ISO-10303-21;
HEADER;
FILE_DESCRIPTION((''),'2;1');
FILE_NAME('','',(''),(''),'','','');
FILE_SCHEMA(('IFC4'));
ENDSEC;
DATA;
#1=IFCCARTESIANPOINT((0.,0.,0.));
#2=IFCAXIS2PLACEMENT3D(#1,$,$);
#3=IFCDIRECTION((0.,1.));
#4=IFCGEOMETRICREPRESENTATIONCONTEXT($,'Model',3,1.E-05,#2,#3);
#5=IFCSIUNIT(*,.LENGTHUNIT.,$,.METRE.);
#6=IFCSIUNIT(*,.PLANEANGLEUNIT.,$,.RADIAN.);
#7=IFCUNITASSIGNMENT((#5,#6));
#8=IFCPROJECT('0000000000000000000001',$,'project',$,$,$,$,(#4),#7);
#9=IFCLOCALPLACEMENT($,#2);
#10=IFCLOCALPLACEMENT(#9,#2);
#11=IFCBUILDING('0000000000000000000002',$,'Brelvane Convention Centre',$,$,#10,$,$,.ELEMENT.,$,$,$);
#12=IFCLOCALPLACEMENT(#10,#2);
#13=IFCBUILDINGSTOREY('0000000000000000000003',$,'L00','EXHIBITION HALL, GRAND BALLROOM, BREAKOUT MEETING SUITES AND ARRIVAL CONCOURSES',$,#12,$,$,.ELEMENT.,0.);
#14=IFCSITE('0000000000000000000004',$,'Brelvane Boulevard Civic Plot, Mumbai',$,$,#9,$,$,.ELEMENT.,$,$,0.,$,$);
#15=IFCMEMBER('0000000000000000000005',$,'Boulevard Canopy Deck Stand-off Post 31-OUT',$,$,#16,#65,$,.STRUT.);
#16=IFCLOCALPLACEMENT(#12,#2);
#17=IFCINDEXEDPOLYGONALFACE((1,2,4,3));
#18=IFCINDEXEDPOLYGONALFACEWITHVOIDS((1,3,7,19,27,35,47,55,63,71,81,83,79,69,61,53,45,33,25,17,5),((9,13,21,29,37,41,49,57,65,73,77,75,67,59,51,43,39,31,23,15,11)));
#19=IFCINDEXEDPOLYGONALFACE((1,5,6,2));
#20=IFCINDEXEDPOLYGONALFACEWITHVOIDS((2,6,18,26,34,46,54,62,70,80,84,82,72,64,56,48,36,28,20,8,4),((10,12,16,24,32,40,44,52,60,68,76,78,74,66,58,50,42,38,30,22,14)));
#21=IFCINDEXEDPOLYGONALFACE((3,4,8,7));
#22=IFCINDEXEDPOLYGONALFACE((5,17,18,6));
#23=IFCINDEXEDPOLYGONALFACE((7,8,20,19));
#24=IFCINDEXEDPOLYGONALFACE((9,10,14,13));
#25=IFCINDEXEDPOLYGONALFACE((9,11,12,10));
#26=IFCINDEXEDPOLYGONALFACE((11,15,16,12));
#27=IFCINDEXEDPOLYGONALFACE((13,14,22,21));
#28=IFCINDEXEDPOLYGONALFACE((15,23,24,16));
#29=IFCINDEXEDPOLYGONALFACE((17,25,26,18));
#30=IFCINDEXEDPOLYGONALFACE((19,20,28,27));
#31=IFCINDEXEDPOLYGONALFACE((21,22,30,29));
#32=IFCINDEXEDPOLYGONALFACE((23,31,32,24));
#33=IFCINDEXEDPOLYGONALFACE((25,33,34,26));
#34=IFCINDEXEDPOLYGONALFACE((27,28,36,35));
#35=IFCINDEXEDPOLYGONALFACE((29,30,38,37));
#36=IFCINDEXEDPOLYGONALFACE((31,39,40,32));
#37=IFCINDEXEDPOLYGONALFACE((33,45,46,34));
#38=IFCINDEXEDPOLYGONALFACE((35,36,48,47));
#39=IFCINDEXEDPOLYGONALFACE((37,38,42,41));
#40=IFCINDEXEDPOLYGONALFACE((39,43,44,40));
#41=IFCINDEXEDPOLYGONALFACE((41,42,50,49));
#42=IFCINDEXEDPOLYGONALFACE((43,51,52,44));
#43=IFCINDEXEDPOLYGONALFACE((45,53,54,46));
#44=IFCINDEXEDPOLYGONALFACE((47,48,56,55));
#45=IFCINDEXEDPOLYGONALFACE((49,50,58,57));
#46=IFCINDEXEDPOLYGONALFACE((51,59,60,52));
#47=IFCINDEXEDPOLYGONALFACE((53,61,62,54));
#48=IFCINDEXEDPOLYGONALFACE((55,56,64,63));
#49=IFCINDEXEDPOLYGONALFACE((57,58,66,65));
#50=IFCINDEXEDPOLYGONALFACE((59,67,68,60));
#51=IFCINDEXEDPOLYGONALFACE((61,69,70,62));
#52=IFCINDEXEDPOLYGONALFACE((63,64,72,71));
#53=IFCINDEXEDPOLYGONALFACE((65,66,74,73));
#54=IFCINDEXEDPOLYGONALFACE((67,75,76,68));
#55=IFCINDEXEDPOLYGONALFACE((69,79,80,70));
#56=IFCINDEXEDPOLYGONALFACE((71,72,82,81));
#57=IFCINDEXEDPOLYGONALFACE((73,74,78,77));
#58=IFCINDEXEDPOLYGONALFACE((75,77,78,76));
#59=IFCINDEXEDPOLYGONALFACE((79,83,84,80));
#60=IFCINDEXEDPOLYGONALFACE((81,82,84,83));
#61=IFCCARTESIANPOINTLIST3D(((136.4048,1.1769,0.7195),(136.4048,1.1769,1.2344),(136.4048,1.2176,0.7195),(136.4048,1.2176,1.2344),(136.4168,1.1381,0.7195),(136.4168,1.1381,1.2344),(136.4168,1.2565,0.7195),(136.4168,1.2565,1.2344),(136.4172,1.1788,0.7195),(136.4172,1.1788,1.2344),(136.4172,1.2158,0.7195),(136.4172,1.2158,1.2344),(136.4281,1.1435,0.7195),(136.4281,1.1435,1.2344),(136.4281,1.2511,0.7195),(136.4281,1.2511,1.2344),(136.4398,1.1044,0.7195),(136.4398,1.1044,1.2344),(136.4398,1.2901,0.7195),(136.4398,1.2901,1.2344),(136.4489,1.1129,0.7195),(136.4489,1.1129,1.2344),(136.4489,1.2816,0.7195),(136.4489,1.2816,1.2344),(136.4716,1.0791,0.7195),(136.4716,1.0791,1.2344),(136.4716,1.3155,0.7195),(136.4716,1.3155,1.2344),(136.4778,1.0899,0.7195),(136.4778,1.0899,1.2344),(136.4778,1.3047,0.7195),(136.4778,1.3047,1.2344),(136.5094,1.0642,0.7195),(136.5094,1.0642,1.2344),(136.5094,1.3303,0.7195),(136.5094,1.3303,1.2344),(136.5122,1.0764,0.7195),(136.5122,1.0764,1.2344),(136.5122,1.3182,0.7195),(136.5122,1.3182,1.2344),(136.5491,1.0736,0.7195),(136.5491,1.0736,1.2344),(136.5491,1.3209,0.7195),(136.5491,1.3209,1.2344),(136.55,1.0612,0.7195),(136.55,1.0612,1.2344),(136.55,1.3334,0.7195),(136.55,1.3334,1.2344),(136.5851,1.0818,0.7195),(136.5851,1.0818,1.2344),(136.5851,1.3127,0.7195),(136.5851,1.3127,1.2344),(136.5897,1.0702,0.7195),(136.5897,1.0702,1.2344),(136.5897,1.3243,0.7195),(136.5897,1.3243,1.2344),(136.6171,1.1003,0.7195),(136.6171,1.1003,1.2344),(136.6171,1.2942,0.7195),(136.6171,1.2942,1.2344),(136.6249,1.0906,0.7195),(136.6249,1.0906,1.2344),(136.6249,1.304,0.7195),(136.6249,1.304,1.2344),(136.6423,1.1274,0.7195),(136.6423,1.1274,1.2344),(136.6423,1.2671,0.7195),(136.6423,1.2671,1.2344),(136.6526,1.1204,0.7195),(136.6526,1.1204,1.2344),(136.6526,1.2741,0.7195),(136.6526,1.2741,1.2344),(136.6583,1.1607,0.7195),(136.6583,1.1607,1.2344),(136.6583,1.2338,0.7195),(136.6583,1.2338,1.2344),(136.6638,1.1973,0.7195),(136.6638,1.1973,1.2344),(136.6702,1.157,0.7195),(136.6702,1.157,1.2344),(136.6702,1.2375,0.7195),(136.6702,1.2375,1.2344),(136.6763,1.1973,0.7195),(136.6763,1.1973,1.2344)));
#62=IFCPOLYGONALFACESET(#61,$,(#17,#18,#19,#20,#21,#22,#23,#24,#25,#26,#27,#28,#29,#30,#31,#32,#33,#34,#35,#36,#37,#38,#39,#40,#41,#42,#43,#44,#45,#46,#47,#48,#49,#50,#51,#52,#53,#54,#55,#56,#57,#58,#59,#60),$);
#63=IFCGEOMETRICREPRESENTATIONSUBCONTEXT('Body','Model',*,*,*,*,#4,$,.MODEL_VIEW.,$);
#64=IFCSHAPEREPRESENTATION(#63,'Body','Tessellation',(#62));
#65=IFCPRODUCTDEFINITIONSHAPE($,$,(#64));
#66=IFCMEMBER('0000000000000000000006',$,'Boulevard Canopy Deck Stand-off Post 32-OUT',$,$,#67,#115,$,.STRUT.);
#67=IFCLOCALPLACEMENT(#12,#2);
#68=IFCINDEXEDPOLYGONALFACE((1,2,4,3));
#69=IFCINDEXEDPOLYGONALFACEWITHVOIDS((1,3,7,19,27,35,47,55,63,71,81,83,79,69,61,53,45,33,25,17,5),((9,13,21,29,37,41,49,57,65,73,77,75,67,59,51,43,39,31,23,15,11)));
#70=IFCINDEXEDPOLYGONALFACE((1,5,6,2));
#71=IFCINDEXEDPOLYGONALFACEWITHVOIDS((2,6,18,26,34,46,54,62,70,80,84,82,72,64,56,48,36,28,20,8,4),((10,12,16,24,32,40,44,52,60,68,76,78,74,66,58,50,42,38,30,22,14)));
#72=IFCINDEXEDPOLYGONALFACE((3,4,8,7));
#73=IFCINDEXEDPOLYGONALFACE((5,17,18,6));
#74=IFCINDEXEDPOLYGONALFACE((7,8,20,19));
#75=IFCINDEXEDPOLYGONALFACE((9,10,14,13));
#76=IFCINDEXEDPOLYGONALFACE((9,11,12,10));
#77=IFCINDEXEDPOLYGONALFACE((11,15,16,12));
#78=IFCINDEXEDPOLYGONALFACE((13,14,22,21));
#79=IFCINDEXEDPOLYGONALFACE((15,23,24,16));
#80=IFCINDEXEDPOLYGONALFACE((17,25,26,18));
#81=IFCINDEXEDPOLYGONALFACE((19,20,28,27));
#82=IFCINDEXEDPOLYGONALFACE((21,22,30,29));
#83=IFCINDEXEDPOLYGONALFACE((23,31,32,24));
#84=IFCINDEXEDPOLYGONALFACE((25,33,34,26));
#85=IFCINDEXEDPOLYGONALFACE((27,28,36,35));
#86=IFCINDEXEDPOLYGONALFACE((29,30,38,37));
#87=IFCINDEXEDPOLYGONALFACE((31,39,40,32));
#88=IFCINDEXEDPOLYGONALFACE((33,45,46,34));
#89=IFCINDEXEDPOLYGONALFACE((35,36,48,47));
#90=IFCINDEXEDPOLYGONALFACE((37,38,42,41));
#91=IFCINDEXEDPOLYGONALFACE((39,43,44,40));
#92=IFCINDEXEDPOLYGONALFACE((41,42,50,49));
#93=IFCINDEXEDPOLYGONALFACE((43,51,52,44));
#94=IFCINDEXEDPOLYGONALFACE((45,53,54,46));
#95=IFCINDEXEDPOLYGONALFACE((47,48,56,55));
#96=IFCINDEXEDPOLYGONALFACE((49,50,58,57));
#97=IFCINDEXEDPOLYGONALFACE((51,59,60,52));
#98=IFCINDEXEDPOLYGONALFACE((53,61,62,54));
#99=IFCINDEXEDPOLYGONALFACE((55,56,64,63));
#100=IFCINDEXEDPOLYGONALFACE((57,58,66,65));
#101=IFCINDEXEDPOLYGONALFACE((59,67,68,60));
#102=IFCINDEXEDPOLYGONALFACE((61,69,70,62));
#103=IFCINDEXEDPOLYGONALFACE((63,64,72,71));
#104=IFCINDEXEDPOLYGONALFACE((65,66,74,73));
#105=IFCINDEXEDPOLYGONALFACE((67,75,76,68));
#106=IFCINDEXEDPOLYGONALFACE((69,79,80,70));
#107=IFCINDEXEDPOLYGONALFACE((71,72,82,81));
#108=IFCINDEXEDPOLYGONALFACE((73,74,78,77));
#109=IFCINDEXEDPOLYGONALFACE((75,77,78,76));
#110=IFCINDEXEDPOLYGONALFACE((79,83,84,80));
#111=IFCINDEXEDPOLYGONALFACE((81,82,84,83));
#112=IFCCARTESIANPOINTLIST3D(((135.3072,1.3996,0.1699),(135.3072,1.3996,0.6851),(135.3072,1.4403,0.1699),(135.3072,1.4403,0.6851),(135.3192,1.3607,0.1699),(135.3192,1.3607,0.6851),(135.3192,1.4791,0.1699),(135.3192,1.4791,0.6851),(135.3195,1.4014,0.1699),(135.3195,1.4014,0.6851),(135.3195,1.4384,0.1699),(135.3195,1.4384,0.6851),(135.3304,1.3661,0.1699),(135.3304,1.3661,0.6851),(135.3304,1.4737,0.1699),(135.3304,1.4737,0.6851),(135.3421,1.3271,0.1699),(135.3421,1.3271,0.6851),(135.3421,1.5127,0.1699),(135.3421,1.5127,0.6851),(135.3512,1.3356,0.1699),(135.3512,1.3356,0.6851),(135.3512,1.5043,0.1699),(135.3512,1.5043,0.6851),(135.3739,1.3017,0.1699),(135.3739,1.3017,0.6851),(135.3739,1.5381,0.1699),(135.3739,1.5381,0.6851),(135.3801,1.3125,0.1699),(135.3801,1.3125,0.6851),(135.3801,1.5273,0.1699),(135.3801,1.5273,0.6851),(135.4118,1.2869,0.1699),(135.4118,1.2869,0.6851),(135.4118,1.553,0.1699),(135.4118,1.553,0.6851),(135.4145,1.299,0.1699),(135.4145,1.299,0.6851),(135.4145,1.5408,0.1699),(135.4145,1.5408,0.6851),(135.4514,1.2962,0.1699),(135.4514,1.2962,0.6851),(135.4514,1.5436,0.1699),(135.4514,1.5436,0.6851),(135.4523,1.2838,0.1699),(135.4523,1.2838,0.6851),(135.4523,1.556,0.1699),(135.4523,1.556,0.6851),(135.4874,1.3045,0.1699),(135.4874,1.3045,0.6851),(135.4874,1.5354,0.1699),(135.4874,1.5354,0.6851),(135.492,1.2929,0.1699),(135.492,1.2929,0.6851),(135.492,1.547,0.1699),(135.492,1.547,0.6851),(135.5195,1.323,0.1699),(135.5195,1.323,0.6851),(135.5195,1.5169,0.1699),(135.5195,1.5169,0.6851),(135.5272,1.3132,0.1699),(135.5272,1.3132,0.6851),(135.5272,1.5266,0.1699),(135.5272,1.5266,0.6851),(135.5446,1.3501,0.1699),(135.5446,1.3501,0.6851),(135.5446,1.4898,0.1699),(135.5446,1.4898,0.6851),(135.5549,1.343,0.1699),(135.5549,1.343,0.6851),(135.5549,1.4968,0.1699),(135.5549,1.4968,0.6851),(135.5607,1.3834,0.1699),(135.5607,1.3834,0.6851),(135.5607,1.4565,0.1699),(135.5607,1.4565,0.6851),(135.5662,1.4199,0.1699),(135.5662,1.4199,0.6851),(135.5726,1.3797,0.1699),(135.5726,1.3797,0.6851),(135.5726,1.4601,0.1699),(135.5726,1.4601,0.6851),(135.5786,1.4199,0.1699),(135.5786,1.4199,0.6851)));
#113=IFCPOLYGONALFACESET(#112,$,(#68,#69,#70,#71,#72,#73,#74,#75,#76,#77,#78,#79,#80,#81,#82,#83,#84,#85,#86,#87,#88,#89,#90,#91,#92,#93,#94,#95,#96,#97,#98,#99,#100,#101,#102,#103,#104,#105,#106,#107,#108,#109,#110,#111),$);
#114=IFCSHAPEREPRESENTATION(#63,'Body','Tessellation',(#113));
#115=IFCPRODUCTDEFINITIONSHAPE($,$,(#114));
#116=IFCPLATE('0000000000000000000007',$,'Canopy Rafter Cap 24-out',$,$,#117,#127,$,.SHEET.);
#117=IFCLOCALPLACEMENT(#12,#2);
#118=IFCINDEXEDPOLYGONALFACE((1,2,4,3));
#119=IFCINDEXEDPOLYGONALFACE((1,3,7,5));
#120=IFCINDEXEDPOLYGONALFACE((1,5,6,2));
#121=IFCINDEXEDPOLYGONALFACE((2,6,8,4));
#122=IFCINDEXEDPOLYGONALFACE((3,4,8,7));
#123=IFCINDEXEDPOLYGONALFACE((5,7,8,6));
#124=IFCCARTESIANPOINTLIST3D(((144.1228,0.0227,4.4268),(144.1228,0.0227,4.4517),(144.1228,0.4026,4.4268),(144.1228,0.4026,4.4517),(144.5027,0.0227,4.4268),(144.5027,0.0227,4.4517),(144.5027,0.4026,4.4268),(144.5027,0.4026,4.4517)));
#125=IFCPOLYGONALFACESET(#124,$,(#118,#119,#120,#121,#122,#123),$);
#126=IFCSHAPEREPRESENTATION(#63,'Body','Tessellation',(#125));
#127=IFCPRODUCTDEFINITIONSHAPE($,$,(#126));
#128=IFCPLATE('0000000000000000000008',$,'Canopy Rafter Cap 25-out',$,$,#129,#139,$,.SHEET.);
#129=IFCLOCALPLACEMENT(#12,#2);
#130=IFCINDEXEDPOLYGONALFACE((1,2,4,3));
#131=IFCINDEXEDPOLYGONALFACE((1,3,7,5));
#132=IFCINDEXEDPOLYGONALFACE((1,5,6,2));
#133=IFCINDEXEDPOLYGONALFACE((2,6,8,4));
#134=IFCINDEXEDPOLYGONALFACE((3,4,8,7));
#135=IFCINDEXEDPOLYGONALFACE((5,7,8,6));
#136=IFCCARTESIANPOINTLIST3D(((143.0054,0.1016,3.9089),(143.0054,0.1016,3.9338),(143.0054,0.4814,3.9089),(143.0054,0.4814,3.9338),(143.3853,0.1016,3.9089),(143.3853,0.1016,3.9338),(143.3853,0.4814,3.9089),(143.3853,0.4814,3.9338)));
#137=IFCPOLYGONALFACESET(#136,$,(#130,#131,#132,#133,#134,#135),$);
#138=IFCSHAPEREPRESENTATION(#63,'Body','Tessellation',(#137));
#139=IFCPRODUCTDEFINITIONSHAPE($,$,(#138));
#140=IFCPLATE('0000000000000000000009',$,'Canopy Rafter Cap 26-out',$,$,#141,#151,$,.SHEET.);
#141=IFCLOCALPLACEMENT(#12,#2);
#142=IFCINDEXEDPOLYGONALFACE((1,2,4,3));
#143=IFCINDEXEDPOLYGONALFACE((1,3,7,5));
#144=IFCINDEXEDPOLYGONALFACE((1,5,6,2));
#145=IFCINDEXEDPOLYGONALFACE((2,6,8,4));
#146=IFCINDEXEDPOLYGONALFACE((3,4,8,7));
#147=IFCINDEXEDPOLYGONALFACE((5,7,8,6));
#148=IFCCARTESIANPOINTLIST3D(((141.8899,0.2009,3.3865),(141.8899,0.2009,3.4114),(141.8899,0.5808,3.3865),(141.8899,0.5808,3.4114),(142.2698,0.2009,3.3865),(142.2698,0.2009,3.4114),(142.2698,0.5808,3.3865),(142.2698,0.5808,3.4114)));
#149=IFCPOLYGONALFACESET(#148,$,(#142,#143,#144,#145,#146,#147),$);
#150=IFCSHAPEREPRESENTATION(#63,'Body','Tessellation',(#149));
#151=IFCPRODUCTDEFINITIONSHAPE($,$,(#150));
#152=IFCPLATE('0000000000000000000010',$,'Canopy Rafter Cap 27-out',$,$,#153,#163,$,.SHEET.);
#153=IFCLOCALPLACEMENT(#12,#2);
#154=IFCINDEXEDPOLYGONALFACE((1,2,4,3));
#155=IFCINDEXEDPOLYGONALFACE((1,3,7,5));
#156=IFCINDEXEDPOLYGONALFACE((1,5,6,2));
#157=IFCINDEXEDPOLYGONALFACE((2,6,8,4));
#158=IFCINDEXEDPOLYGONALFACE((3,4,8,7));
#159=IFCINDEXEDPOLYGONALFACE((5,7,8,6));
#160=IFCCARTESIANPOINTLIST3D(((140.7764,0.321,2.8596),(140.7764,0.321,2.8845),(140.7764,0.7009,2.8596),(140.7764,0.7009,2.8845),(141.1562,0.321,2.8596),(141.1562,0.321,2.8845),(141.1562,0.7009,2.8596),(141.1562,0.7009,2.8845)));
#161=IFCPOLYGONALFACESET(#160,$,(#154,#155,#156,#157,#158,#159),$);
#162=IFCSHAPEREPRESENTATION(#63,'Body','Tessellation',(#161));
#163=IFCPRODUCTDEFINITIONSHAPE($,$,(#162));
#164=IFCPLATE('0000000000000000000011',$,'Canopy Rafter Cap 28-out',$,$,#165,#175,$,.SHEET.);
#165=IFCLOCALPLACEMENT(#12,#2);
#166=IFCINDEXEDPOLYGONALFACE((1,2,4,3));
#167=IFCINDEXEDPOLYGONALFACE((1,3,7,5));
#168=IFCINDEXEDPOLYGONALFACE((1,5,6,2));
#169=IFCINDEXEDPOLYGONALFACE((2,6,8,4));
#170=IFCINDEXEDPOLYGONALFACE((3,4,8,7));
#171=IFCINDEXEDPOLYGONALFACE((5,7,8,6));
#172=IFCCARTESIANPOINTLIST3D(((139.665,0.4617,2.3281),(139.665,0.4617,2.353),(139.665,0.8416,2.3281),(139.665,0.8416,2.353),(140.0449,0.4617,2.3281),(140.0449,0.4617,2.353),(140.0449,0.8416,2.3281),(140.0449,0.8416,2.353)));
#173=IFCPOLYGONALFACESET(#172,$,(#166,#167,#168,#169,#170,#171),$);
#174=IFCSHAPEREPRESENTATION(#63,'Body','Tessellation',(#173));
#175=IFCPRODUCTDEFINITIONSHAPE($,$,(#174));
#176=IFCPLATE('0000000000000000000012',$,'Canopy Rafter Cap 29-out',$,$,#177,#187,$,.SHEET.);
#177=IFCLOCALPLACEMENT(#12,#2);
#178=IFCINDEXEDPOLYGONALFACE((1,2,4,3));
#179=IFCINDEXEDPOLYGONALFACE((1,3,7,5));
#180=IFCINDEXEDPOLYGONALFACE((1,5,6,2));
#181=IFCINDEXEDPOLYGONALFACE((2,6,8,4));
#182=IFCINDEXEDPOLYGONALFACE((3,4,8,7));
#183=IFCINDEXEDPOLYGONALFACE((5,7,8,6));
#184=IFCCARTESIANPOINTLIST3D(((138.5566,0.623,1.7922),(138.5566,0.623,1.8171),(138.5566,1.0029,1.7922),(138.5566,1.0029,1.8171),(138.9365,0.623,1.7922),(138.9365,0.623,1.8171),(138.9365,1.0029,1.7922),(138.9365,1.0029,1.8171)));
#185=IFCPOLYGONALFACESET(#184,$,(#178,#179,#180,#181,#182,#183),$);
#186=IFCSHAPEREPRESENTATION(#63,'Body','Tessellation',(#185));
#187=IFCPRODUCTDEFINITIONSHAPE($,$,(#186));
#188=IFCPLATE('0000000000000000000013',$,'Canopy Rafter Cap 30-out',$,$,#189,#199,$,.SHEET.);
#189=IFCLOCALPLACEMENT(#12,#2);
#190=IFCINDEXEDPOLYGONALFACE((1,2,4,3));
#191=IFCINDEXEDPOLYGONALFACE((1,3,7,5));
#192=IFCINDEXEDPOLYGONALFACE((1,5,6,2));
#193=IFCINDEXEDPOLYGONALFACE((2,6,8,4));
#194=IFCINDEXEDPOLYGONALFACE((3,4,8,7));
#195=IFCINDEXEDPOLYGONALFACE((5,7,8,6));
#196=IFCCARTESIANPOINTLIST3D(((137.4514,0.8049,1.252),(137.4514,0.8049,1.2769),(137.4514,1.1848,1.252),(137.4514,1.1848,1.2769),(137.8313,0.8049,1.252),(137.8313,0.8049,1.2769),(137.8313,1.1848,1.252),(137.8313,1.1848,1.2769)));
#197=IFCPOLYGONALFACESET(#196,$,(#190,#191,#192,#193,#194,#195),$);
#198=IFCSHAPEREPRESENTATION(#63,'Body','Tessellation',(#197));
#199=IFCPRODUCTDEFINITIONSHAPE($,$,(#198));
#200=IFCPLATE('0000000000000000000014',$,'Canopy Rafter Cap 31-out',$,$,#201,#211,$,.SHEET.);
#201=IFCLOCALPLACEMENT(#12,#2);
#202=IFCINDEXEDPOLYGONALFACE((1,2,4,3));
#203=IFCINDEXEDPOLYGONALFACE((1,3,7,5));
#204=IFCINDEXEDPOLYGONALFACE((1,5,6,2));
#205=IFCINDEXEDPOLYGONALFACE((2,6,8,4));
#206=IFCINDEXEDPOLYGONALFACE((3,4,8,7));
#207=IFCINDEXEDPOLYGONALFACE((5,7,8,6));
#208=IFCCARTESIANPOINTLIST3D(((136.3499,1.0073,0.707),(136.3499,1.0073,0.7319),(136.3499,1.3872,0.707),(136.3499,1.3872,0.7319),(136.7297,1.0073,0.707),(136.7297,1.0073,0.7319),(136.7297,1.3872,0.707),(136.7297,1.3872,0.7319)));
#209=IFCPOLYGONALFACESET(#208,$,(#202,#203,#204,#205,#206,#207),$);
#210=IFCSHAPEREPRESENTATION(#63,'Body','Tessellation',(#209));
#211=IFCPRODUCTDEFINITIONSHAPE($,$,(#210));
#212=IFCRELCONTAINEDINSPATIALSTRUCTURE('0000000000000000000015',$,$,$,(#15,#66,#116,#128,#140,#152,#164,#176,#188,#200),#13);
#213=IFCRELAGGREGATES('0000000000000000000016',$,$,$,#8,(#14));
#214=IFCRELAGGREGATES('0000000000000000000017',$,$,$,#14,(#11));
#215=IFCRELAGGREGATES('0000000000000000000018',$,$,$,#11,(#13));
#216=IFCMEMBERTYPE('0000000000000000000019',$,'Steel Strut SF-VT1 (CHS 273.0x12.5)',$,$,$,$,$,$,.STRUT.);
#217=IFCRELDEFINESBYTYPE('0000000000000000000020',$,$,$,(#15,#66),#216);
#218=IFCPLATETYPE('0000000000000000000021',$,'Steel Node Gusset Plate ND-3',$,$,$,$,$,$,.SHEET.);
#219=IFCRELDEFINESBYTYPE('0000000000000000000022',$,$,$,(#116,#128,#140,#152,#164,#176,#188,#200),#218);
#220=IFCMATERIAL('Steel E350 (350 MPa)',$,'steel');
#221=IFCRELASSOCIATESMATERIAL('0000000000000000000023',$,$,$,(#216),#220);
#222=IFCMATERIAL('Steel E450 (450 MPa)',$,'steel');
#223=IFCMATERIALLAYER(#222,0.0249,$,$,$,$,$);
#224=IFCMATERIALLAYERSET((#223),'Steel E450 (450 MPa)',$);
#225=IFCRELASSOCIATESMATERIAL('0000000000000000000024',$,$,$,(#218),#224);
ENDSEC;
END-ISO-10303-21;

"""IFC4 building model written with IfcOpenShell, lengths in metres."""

from ifc_helpers import new_model, si_unit, direction, frame, origin, origin_2d, place, context, subcontext, project, spatial, rectangle, hollow_circle, extrude, material, layer, layer_set, material_profile, profile_set, type_object, element, save


model = new_model("IFC4")

# Units and contexts
model_context = context("Model", 3, precision=1e-05, world=origin(), true_north=direction((0.0, 1.0)))
body_context = subcontext(model_context, "Body", "Model", "MODEL_VIEW")
ifc_project = project(units=[si_unit("LENGTHUNIT", "METRE"), si_unit("PLANEANGLEUNIT", "RADIAN")], contexts=[model_context])

# Site, building, storey
site_placement = place(None, origin())
site = spatial("IfcSite", under=ifc_project, at=site_placement, Name="Brelvane Boulevard Civic Plot, Mumbai", CompositionType="ELEMENT", RefElevation=0.0)
building_placement = place(site_placement, origin())
building = spatial("IfcBuilding", under=site, at=building_placement, Name="Brelvane Convention Centre", CompositionType="ELEMENT")
storey_placement = place(building_placement, origin())
storey = spatial("IfcBuildingStorey", under=building, at=storey_placement, Name="L00", Description="EXHIBITION HALL, GRAND BALLROOM, BREAKOUT MEETING SUITES AND ARRIVAL CONCOURSES", CompositionType="ELEMENT", Elevation=0.0)

# Members
ifc_material_1 = material(Name="Steel E350 (350 MPa)", Category="steel")
ifc_material_profile_1 = material_profile(ifc_material_1, hollow_circle(Radius=0.1365, WallThickness=0.0125, at=origin_2d()), Name="CHS 273.0x12.5")
ifc_profile_set_1 = profile_set([ifc_material_profile_1], Name="Steel E350 (350 MPa)")
member_type_1 = type_object("IfcMemberType", Name="Steel Strut SF-VT1 (CHS 273.0x12.5)", PredefinedType="STRUT", material=ifc_profile_set_1)
for number, where, z_axis, x_axis, name in (
    (1, (136.5398, 1.1973, 0.7195), (0.0, 0.0, 1.0), (1.0, 0.0, 0.0), "Boulevard Canopy Deck Stand-off Post 31-OUT"),
):
    element("IfcMember", number, at=place(storey_placement, frame(where, z_axis=z_axis, x_axis=x_axis)), inside=storey, type_object=member_type_1, Name=name, PredefinedType="STRUT", context=body_context, shape_type="SweptSolid", body=[
        extrude(hollow_circle(Radius=0.1365, WallThickness=0.0125, at=origin_2d()), origin(), (0.0, 0.0, 1.0), 0.5149),
    ])
member_1_placement = place(storey_placement, frame((135.4421, 1.4199, 0.1699), z_axis=(0.0, 0.0, 1.0), x_axis=(1.0, 0.0, 0.0)))
element("IfcMember", 2, at=member_1_placement, inside=storey, type_object=member_type_1, Name="Boulevard Canopy Deck Stand-off Post 32-OUT", PredefinedType="STRUT", context=body_context, shape_type="SweptSolid", body=[
    extrude(hollow_circle(Radius=0.1365, WallThickness=0.0125, at=origin_2d()), origin(), (0.0, 0.0, 1.0), 0.5151),
])

# Plates
ifc_material_2 = material(Name="Steel E450 (450 MPa)", Category="steel")
ifc_layer_1 = layer(ifc_material_2, 0.0249)
ifc_layer_set_1 = layer_set([ifc_layer_1], Name="Steel E450 (450 MPa)")
plate_type = type_object("IfcPlateType", Name="Steel Node Gusset Plate ND-3", PredefinedType="SHEET", material=ifc_layer_set_1)
for number, where, z_axis, x_axis, name in (
    (3, (144.3127, 0.2126, 4.4268), (0.0, 0.0, 1.0), (1.0, 0.0, 0.0), "Canopy Rafter Cap 24-out"),
    (4, (143.1953, 0.2915, 3.9089), (0.0, 0.0, 1.0), (1.0, 0.0, 0.0), "Canopy Rafter Cap 25-out"),
    (5, (142.0798, 0.3909, 3.3865), (0.0, 0.0, 1.0), (1.0, 0.0, 0.0), "Canopy Rafter Cap 26-out"),
    (6, (140.9663, 0.511, 2.8596), (0.0, 0.0, 1.0), (1.0, 0.0, 0.0), "Canopy Rafter Cap 27-out"),
    (7, (139.855, 0.6516, 2.3281), (0.0, 0.0, 1.0), (1.0, 0.0, 0.0), "Canopy Rafter Cap 28-out"),
    (8, (138.7466, 0.813, 1.7922), (0.0, 0.0, 1.0), (1.0, 0.0, 0.0), "Canopy Rafter Cap 29-out"),
    (9, (137.6414, 0.9949, 1.252), (0.0, 0.0, 1.0), (1.0, 0.0, 0.0), "Canopy Rafter Cap 30-out"),
    (10, (136.5398, 1.1973, 0.707), (0.0, 0.0, 1.0), (1.0, 0.0, 0.0), "Canopy Rafter Cap 31-out"),
):
    element("IfcPlate", number, at=place(storey_placement, frame(where, z_axis=z_axis, x_axis=x_axis)), inside=storey, type_object=plate_type, Name=name, PredefinedType="SHEET", context=body_context, shape_type="SweptSolid", body=[
        extrude(rectangle(XDim=0.3799, YDim=0.3799, at=origin_2d()), origin(), (0.0, 0.0, 1.0), 0.0249),
    ])

save(model, "model.ifc")
